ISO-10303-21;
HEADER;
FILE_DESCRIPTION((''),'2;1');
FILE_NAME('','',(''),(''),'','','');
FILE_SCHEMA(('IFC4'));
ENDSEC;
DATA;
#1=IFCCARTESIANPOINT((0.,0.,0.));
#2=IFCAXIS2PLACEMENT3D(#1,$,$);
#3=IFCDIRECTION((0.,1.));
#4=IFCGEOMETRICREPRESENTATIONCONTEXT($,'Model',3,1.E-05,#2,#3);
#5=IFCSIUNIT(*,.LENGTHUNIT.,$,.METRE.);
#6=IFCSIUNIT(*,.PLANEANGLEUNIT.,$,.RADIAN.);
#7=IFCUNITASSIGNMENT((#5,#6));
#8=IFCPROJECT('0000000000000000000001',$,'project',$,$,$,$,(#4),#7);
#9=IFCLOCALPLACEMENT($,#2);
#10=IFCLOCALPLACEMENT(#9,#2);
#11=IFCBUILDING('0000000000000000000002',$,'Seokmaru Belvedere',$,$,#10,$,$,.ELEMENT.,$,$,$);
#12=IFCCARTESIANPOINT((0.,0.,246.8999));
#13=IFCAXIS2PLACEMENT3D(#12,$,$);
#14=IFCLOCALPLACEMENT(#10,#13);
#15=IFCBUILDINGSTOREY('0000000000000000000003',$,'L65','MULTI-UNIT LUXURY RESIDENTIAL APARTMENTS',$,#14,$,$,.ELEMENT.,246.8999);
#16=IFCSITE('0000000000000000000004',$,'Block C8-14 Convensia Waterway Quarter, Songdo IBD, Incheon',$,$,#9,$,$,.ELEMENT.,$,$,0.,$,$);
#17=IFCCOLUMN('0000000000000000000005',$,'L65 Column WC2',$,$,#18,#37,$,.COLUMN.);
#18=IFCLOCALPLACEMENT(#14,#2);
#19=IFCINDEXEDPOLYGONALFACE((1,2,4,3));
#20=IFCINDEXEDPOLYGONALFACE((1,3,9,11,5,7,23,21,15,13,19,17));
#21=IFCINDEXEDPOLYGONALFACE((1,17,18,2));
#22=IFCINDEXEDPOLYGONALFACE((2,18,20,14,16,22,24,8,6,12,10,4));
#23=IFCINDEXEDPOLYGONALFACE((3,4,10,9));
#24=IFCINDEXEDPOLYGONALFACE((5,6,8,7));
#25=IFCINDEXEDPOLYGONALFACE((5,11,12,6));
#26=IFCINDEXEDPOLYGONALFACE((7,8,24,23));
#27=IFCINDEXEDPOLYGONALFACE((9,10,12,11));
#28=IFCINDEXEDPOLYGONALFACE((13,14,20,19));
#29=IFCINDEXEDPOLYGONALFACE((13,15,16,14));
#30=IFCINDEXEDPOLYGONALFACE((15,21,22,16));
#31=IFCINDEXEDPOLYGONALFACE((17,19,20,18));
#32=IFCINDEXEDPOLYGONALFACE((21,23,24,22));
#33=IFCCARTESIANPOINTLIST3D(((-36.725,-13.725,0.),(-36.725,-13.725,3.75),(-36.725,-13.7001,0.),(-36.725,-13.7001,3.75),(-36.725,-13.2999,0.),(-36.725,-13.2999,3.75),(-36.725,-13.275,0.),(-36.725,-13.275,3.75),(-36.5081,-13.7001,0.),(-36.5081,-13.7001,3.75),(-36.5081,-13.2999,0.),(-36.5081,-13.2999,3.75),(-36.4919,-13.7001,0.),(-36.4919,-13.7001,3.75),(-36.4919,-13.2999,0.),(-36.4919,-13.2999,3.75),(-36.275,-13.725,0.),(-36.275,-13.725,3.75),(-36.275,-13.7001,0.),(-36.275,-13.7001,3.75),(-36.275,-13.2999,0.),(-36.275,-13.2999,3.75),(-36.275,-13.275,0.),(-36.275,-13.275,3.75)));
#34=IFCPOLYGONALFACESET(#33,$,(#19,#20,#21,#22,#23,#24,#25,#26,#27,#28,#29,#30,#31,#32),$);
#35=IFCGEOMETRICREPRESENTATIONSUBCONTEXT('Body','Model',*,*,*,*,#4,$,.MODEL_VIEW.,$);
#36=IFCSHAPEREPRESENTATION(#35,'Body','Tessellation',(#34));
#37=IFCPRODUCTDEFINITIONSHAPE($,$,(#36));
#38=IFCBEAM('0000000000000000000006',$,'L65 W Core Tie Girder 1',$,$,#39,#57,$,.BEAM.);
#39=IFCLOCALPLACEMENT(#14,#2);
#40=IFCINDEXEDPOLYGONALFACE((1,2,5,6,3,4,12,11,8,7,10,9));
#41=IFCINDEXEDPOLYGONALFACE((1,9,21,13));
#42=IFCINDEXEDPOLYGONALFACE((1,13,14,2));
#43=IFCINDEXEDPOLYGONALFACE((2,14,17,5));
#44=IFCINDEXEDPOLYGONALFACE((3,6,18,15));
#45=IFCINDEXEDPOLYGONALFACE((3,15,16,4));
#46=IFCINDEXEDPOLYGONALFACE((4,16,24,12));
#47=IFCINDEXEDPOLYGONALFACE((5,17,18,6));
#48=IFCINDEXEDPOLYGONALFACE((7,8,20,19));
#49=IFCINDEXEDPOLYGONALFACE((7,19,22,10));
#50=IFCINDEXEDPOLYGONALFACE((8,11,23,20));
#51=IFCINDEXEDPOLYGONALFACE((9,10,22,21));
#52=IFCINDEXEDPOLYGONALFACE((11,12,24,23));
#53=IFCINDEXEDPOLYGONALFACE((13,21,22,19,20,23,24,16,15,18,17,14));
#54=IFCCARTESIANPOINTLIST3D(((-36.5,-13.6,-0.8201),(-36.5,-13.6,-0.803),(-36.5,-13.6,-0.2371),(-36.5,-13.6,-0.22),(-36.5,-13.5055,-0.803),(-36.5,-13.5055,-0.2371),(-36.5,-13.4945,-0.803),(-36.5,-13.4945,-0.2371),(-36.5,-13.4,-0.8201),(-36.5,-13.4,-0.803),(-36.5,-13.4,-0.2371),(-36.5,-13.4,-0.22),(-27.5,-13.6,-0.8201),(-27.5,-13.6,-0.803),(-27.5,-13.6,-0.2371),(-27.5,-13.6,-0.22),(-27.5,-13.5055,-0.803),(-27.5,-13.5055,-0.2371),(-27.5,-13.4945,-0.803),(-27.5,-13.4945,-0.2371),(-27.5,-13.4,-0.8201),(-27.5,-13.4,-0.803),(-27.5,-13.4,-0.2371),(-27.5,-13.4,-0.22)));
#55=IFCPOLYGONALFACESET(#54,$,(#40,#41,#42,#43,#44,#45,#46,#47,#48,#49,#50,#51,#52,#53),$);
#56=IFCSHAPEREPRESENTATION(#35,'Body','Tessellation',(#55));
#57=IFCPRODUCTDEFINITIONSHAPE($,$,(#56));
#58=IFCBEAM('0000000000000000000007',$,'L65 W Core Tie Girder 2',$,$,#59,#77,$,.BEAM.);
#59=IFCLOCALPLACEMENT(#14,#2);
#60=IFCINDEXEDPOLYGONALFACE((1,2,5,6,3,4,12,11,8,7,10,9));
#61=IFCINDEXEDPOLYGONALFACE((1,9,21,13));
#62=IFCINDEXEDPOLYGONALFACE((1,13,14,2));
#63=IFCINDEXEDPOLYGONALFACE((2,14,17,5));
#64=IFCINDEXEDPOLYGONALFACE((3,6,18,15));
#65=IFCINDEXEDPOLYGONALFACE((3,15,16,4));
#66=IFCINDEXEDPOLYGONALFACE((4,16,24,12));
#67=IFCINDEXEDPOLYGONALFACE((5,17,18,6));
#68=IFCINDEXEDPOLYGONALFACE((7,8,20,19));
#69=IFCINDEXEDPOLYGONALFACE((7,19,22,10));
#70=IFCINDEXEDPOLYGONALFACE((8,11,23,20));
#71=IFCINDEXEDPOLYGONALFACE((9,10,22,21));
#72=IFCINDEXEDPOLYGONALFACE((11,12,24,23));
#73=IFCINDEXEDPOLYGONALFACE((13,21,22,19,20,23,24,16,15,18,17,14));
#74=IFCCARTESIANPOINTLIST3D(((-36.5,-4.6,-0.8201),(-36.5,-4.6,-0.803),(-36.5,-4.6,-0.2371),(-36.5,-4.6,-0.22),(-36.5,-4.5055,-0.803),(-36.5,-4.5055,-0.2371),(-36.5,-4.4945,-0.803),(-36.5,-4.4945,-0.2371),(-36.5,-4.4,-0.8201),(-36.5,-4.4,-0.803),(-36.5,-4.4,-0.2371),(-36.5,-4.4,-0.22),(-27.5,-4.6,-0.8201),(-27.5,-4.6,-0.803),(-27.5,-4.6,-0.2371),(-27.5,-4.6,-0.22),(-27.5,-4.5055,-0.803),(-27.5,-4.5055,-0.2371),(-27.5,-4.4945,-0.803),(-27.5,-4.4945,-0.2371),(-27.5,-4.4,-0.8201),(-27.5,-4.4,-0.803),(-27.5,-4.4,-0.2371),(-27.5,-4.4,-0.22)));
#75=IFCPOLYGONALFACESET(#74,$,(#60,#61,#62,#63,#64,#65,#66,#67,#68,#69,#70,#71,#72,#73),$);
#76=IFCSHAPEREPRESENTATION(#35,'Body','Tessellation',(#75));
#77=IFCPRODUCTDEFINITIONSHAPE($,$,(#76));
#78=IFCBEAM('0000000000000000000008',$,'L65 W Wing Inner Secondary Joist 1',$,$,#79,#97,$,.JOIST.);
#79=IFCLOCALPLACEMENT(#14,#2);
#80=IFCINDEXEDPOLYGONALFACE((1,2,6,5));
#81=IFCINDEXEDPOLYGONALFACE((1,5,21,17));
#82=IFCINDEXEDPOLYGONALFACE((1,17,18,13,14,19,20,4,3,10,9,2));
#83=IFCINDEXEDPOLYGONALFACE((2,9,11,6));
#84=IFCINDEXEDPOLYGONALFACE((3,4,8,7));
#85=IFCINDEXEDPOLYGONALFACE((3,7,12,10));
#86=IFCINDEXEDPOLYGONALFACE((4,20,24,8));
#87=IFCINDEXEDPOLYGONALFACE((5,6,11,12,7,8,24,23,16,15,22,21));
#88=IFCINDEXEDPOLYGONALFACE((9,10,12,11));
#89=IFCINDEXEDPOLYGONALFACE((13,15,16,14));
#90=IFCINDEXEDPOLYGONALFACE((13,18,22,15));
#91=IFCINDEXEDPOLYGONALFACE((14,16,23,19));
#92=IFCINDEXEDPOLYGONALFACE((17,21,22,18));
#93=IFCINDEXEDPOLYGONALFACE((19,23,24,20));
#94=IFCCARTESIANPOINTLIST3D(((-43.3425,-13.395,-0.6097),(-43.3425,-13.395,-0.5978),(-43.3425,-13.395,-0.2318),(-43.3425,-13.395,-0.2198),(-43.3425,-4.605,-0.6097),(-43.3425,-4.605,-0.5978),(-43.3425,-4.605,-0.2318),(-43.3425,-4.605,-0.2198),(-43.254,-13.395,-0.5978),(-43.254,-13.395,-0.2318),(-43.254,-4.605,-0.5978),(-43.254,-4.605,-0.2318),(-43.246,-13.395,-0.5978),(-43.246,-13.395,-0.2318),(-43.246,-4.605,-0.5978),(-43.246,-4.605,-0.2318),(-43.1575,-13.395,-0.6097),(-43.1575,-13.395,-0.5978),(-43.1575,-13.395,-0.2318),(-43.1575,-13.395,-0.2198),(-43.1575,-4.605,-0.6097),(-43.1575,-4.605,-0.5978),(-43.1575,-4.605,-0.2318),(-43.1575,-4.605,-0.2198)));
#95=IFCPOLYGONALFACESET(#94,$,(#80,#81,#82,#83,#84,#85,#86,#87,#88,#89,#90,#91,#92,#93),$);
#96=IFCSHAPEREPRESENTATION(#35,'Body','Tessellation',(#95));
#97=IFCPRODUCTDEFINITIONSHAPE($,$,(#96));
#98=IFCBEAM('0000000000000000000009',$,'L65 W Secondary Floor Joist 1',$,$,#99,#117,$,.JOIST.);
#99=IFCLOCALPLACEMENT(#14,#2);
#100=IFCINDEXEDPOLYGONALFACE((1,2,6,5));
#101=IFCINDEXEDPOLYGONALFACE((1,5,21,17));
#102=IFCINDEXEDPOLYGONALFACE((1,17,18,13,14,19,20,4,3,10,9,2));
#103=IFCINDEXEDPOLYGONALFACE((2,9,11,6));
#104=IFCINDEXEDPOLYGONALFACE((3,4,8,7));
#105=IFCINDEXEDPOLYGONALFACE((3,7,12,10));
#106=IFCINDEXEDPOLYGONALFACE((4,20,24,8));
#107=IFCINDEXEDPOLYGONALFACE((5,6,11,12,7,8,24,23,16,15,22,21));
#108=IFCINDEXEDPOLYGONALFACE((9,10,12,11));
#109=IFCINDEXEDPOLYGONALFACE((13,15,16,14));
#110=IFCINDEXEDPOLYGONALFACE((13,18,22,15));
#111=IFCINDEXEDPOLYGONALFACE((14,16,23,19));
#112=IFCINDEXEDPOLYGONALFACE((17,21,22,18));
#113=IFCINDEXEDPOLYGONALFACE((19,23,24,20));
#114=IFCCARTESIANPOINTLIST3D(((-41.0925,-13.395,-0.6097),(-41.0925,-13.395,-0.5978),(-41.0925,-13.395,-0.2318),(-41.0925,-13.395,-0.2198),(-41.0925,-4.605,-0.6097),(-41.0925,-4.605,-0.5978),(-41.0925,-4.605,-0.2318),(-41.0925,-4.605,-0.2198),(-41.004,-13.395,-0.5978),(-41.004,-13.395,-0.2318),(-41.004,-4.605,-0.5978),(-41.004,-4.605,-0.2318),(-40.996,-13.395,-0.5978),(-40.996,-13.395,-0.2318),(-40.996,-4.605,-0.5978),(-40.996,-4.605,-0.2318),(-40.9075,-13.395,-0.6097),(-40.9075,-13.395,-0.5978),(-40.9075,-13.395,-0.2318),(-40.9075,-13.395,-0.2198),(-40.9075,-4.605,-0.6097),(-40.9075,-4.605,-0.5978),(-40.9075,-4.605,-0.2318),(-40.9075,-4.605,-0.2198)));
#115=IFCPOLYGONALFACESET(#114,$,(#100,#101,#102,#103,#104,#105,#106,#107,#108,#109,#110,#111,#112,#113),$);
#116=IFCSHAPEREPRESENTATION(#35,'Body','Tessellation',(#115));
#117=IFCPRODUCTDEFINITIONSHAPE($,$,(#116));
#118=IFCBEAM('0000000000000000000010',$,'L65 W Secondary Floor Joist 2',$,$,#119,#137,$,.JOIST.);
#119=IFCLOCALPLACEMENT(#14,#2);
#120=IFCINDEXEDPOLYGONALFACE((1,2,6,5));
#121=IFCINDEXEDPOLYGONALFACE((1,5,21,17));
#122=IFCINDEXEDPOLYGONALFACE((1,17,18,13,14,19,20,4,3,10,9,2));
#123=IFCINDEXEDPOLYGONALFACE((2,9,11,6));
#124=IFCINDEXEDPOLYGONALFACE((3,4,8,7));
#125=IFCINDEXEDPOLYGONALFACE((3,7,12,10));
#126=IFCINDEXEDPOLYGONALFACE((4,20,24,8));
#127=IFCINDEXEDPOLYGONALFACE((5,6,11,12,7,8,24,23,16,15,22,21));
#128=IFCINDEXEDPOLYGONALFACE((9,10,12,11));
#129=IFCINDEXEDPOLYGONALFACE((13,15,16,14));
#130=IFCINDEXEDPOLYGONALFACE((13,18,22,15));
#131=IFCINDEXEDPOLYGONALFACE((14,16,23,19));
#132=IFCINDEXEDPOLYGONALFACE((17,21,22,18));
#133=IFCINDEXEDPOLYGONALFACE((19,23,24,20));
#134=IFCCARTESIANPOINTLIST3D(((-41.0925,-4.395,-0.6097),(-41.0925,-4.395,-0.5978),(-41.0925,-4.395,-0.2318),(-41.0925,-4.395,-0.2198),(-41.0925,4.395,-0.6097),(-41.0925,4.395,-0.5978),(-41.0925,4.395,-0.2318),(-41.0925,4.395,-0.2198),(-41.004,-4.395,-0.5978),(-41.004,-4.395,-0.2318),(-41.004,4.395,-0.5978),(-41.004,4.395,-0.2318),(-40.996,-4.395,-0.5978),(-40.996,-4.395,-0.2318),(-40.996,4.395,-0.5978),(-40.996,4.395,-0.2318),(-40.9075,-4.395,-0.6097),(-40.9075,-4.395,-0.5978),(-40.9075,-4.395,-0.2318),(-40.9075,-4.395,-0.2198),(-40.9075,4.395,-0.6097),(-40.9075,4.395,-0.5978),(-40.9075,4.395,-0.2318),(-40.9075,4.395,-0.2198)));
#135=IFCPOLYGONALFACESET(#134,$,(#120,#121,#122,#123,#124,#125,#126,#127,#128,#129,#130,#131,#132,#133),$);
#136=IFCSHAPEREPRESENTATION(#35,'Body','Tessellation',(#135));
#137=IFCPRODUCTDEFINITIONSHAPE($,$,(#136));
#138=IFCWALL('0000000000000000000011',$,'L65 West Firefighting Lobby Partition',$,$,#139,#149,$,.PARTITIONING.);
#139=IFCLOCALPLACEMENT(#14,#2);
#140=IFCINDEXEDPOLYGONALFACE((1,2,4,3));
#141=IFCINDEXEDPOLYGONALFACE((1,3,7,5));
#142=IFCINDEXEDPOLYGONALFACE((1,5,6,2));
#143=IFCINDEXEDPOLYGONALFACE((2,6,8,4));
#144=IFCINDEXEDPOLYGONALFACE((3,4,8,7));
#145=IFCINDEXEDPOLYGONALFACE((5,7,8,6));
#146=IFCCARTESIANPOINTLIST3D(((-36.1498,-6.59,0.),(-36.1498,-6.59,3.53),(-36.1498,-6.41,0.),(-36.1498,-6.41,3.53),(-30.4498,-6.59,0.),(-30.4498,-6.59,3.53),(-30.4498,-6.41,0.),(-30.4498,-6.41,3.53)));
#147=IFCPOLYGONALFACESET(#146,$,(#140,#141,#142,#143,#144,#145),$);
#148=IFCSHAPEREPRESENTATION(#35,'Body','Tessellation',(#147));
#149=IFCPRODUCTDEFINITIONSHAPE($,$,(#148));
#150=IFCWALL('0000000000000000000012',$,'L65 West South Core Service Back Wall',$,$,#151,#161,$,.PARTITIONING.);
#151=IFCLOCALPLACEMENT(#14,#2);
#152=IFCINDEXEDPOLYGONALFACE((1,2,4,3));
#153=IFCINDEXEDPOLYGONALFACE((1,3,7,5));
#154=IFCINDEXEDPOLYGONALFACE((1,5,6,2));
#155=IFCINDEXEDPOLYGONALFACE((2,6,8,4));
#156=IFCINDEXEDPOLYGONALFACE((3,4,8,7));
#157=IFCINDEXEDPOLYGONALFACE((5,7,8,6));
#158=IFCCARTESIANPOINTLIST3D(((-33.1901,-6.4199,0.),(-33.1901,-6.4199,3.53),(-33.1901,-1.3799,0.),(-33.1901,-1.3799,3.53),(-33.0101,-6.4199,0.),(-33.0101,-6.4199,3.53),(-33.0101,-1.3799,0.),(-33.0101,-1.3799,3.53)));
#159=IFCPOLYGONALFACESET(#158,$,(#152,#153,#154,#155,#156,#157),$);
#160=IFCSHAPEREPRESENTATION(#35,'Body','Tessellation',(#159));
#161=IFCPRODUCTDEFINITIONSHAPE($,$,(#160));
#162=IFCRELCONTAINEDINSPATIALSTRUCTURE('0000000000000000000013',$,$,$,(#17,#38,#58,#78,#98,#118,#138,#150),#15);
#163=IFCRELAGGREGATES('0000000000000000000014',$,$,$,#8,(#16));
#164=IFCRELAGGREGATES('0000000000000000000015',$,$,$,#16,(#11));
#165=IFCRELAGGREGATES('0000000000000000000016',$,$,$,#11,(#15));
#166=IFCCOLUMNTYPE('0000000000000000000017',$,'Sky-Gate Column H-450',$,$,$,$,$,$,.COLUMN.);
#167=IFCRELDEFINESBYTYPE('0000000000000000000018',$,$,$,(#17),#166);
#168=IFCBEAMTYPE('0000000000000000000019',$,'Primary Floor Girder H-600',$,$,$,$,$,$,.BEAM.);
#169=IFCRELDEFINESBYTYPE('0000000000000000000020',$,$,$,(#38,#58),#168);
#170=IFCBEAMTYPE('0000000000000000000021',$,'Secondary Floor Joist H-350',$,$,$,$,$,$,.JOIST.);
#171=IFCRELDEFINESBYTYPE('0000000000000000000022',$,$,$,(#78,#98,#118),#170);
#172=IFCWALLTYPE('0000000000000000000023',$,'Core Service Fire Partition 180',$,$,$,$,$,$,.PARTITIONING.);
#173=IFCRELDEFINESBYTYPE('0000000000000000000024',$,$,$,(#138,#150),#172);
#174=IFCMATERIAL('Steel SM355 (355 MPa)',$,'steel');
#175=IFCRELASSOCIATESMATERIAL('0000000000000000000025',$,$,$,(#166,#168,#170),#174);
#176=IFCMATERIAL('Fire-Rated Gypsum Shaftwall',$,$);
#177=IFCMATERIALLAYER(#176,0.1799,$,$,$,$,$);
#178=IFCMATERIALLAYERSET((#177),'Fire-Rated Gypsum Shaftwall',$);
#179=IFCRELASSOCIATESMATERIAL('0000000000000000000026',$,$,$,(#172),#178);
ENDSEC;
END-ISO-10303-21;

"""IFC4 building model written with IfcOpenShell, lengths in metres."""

from ifc_helpers import new_model, si_unit, direction, frame, frame_2d, origin, origin_2d, place, context, subcontext, project, spatial, rectangle, i_section, extrude, source, transform, mapped, material, layer, layer_set, material_profile, profile_set, type_object, type_shapes, element, save


model = new_model("IFC4")

# Units and contexts
model_context = context("Model", 3, precision=1e-05, world=origin(), true_north=direction((0.0, 1.0)))
body_context = subcontext(model_context, "Body", "Model", "MODEL_VIEW")
ifc_project = project(units=[si_unit("LENGTHUNIT", "METRE"), si_unit("PLANEANGLEUNIT", "RADIAN")], contexts=[model_context])

# Site, building, storey
site_placement = place(None, origin())
site = spatial("IfcSite", under=ifc_project, at=site_placement, Name="Block C8-14 Convensia Waterway Quarter, Songdo IBD, Incheon", CompositionType="ELEMENT", RefElevation=0.0)
building_placement = place(site_placement, origin())
building = spatial("IfcBuilding", under=site, at=building_placement, Name="Seokmaru Belvedere", CompositionType="ELEMENT")
storey_placement = place(building_placement, frame((0.0, 0.0, 246.8999)))
storey = spatial("IfcBuildingStorey", under=building, at=storey_placement, Name="L65", Description="MULTI-UNIT LUXURY RESIDENTIAL APARTMENTS", CompositionType="ELEMENT", Elevation=246.8999)

# Column
ifc_material_1 = material(Name="Steel SM355 (355 MPa)", Category="steel")
ifc_material_profile_1 = material_profile(ifc_material_1, i_section(OverallWidth=0.45, OverallDepth=0.45, WebThickness=0.0161, FlangeThickness=0.0249, at=origin_2d()), Name="H-450x450x16x25")
ifc_profile_set_1 = profile_set([ifc_material_profile_1], Name="Steel SM355 (355 MPa)")
column_type = type_object("IfcColumnType", Name="Sky-Gate Column H-450", PredefinedType="COLUMN", material=ifc_profile_set_1)
shared_shape_1 = source(origin(), body_context, "Body", "SweptSolid", [
    extrude(i_section(OverallWidth=0.45, OverallDepth=0.45, WebThickness=0.0161, FlangeThickness=0.0249, at=origin_2d()), origin(), (0.0, 0.0, 1.0), 3.75),
])
type_shapes(column_type, [shared_shape_1])
column_placement = place(storey_placement, frame((-36.5, -13.5, 0.0), z_axis=(0.0, 0.0, 1.0), x_axis=(1.0, 0.0, 0.0)))
element("IfcColumn", 1, at=column_placement, inside=storey, type_object=column_type, Name="L65 Column WC2", PredefinedType="COLUMN", context=body_context, shape_type="MappedRepresentation", body=[
    mapped(shared_shape_1, transform((0.0, 0.0, 0.0), scale=1.0)),
])

# Beams
ifc_material_profile_2 = material_profile(ifc_material_1, i_section(OverallWidth=0.2, OverallDepth=0.6001, WebThickness=0.011, FlangeThickness=0.0171, at=origin_2d()), Name="H-600x200x11x17")
ifc_profile_set_2 = profile_set([ifc_material_profile_2], Name="Steel SM355 (355 MPa)")
beam_type_1 = type_object("IfcBeamType", Name="Primary Floor Girder H-600", PredefinedType="BEAM", material=ifc_profile_set_2)
shared_shape_2 = source(origin(), body_context, "Body", "SweptSolid", [
    extrude(i_section(OverallWidth=0.2, OverallDepth=0.6001, WebThickness=0.011, FlangeThickness=0.0171, at=origin_2d()), origin(), (0.0, 0.0, 1.0), 9.0),
])
type_shapes(beam_type_1, [shared_shape_2])
for number, where, z_axis, x_axis, name in (
    (2, (-36.5, -13.5, -0.52), (1.0, 0.0, 0.0), (0.0, 1.0, 0.0), "L65 W Core Tie Girder 1"),
    (3, (-36.5, -4.5, -0.52), (1.0, 0.0, 0.0), (0.0, 1.0, 0.0), "L65 W Core Tie Girder 2"),
):
    element("IfcBeam", number, at=place(storey_placement, frame(where, z_axis=z_axis, x_axis=x_axis)), inside=storey, type_object=beam_type_1, Name=name, PredefinedType="BEAM", context=body_context, shape_type="MappedRepresentation", body=[
        mapped(shared_shape_2, transform((0.0, 0.0, 0.0), scale=1.0)),
    ])
ifc_material_profile_3 = material_profile(ifc_material_1, i_section(OverallWidth=0.1851, OverallDepth=0.3899, WebThickness=0.0081, FlangeThickness=0.012, at=origin_2d()), Name="H-390x185x8x12")
ifc_profile_set_3 = profile_set([ifc_material_profile_3], Name="Steel SM355 (355 MPa)")
beam_type_2 = type_object("IfcBeamType", Name="Secondary Floor Joist H-350", PredefinedType="JOIST", material=ifc_profile_set_3)
shared_shape_3 = source(origin(), body_context, "Body", "SweptSolid", [
    extrude(i_section(OverallWidth=0.1851, OverallDepth=0.3899, WebThickness=0.0081, FlangeThickness=0.012, at=origin_2d()), origin(), (0.0, 0.0, 1.0), 8.79),
])
type_shapes(beam_type_2, [shared_shape_3])
for number, where, z_axis, x_axis, name in (
    (4, (-43.25, -13.395, -0.4148), (0.0, 1.0, 0.0), (-1.0, 0.0, 0.0), "L65 W Wing Inner Secondary Joist 1"),
    (5, (-41.0, -13.395, -0.4148), (0.0, 1.0, 0.0), (-1.0, 0.0, 0.0), "L65 W Secondary Floor Joist 1"),
    (6, (-41.0, -4.395, -0.4148), (0.0, 1.0, 0.0), (-1.0, 0.0, 0.0), "L65 W Secondary Floor Joist 2"),
):
    element("IfcBeam", number, at=place(storey_placement, frame(where, z_axis=z_axis, x_axis=x_axis)), inside=storey, type_object=beam_type_2, Name=name, PredefinedType="JOIST", context=body_context, shape_type="MappedRepresentation", body=[
        mapped(shared_shape_3, transform((0.0, 0.0, 0.0), scale=1.0)),
    ])

# Walls
ifc_material_2 = material(Name="Fire-Rated Gypsum Shaftwall")
ifc_layer_1 = layer(ifc_material_2, 0.1799)
ifc_layer_set_1 = layer_set([ifc_layer_1], Name="Fire-Rated Gypsum Shaftwall")
wall_type_1 = type_object("IfcWallType", Name="Core Service Fire Partition 180", PredefinedType="PARTITIONING", material=ifc_layer_set_1)
wall_1_placement = place(storey_placement, frame((-36.1499, -6.5, 0.0), z_axis=(0.0, 0.0, 1.0), x_axis=(1.0, 0.0, 0.0)))
element("IfcWall", 7, at=wall_1_placement, inside=storey, type_object=wall_type_1, Name="L65 West Firefighting Lobby Partition", PredefinedType="PARTITIONING", context=body_context, shape_type="SweptSolid", body=[
    extrude(rectangle(XDim=5.7, YDim=0.1799, at=frame_2d((2.8501, 0.0))), origin(), (0.0, 0.0, 1.0), 3.53),
])
wall_2_placement = place(storey_placement, frame((-33.1001, -6.4199, 0.0), z_axis=(0.0, 0.0, 1.0), x_axis=(0.0, 1.0, 0.0)))
element("IfcWall", 8, at=wall_2_placement, inside=storey, type_object=wall_type_1, Name="L65 West South Core Service Back Wall", PredefinedType="PARTITIONING", context=body_context, shape_type="SweptSolid", body=[
    extrude(rectangle(XDim=5.04, YDim=0.1799, at=frame_2d((2.52, 0.0))), origin(), (0.0, 0.0, 1.0), 3.53),
])

save(model, "model.ifc")
